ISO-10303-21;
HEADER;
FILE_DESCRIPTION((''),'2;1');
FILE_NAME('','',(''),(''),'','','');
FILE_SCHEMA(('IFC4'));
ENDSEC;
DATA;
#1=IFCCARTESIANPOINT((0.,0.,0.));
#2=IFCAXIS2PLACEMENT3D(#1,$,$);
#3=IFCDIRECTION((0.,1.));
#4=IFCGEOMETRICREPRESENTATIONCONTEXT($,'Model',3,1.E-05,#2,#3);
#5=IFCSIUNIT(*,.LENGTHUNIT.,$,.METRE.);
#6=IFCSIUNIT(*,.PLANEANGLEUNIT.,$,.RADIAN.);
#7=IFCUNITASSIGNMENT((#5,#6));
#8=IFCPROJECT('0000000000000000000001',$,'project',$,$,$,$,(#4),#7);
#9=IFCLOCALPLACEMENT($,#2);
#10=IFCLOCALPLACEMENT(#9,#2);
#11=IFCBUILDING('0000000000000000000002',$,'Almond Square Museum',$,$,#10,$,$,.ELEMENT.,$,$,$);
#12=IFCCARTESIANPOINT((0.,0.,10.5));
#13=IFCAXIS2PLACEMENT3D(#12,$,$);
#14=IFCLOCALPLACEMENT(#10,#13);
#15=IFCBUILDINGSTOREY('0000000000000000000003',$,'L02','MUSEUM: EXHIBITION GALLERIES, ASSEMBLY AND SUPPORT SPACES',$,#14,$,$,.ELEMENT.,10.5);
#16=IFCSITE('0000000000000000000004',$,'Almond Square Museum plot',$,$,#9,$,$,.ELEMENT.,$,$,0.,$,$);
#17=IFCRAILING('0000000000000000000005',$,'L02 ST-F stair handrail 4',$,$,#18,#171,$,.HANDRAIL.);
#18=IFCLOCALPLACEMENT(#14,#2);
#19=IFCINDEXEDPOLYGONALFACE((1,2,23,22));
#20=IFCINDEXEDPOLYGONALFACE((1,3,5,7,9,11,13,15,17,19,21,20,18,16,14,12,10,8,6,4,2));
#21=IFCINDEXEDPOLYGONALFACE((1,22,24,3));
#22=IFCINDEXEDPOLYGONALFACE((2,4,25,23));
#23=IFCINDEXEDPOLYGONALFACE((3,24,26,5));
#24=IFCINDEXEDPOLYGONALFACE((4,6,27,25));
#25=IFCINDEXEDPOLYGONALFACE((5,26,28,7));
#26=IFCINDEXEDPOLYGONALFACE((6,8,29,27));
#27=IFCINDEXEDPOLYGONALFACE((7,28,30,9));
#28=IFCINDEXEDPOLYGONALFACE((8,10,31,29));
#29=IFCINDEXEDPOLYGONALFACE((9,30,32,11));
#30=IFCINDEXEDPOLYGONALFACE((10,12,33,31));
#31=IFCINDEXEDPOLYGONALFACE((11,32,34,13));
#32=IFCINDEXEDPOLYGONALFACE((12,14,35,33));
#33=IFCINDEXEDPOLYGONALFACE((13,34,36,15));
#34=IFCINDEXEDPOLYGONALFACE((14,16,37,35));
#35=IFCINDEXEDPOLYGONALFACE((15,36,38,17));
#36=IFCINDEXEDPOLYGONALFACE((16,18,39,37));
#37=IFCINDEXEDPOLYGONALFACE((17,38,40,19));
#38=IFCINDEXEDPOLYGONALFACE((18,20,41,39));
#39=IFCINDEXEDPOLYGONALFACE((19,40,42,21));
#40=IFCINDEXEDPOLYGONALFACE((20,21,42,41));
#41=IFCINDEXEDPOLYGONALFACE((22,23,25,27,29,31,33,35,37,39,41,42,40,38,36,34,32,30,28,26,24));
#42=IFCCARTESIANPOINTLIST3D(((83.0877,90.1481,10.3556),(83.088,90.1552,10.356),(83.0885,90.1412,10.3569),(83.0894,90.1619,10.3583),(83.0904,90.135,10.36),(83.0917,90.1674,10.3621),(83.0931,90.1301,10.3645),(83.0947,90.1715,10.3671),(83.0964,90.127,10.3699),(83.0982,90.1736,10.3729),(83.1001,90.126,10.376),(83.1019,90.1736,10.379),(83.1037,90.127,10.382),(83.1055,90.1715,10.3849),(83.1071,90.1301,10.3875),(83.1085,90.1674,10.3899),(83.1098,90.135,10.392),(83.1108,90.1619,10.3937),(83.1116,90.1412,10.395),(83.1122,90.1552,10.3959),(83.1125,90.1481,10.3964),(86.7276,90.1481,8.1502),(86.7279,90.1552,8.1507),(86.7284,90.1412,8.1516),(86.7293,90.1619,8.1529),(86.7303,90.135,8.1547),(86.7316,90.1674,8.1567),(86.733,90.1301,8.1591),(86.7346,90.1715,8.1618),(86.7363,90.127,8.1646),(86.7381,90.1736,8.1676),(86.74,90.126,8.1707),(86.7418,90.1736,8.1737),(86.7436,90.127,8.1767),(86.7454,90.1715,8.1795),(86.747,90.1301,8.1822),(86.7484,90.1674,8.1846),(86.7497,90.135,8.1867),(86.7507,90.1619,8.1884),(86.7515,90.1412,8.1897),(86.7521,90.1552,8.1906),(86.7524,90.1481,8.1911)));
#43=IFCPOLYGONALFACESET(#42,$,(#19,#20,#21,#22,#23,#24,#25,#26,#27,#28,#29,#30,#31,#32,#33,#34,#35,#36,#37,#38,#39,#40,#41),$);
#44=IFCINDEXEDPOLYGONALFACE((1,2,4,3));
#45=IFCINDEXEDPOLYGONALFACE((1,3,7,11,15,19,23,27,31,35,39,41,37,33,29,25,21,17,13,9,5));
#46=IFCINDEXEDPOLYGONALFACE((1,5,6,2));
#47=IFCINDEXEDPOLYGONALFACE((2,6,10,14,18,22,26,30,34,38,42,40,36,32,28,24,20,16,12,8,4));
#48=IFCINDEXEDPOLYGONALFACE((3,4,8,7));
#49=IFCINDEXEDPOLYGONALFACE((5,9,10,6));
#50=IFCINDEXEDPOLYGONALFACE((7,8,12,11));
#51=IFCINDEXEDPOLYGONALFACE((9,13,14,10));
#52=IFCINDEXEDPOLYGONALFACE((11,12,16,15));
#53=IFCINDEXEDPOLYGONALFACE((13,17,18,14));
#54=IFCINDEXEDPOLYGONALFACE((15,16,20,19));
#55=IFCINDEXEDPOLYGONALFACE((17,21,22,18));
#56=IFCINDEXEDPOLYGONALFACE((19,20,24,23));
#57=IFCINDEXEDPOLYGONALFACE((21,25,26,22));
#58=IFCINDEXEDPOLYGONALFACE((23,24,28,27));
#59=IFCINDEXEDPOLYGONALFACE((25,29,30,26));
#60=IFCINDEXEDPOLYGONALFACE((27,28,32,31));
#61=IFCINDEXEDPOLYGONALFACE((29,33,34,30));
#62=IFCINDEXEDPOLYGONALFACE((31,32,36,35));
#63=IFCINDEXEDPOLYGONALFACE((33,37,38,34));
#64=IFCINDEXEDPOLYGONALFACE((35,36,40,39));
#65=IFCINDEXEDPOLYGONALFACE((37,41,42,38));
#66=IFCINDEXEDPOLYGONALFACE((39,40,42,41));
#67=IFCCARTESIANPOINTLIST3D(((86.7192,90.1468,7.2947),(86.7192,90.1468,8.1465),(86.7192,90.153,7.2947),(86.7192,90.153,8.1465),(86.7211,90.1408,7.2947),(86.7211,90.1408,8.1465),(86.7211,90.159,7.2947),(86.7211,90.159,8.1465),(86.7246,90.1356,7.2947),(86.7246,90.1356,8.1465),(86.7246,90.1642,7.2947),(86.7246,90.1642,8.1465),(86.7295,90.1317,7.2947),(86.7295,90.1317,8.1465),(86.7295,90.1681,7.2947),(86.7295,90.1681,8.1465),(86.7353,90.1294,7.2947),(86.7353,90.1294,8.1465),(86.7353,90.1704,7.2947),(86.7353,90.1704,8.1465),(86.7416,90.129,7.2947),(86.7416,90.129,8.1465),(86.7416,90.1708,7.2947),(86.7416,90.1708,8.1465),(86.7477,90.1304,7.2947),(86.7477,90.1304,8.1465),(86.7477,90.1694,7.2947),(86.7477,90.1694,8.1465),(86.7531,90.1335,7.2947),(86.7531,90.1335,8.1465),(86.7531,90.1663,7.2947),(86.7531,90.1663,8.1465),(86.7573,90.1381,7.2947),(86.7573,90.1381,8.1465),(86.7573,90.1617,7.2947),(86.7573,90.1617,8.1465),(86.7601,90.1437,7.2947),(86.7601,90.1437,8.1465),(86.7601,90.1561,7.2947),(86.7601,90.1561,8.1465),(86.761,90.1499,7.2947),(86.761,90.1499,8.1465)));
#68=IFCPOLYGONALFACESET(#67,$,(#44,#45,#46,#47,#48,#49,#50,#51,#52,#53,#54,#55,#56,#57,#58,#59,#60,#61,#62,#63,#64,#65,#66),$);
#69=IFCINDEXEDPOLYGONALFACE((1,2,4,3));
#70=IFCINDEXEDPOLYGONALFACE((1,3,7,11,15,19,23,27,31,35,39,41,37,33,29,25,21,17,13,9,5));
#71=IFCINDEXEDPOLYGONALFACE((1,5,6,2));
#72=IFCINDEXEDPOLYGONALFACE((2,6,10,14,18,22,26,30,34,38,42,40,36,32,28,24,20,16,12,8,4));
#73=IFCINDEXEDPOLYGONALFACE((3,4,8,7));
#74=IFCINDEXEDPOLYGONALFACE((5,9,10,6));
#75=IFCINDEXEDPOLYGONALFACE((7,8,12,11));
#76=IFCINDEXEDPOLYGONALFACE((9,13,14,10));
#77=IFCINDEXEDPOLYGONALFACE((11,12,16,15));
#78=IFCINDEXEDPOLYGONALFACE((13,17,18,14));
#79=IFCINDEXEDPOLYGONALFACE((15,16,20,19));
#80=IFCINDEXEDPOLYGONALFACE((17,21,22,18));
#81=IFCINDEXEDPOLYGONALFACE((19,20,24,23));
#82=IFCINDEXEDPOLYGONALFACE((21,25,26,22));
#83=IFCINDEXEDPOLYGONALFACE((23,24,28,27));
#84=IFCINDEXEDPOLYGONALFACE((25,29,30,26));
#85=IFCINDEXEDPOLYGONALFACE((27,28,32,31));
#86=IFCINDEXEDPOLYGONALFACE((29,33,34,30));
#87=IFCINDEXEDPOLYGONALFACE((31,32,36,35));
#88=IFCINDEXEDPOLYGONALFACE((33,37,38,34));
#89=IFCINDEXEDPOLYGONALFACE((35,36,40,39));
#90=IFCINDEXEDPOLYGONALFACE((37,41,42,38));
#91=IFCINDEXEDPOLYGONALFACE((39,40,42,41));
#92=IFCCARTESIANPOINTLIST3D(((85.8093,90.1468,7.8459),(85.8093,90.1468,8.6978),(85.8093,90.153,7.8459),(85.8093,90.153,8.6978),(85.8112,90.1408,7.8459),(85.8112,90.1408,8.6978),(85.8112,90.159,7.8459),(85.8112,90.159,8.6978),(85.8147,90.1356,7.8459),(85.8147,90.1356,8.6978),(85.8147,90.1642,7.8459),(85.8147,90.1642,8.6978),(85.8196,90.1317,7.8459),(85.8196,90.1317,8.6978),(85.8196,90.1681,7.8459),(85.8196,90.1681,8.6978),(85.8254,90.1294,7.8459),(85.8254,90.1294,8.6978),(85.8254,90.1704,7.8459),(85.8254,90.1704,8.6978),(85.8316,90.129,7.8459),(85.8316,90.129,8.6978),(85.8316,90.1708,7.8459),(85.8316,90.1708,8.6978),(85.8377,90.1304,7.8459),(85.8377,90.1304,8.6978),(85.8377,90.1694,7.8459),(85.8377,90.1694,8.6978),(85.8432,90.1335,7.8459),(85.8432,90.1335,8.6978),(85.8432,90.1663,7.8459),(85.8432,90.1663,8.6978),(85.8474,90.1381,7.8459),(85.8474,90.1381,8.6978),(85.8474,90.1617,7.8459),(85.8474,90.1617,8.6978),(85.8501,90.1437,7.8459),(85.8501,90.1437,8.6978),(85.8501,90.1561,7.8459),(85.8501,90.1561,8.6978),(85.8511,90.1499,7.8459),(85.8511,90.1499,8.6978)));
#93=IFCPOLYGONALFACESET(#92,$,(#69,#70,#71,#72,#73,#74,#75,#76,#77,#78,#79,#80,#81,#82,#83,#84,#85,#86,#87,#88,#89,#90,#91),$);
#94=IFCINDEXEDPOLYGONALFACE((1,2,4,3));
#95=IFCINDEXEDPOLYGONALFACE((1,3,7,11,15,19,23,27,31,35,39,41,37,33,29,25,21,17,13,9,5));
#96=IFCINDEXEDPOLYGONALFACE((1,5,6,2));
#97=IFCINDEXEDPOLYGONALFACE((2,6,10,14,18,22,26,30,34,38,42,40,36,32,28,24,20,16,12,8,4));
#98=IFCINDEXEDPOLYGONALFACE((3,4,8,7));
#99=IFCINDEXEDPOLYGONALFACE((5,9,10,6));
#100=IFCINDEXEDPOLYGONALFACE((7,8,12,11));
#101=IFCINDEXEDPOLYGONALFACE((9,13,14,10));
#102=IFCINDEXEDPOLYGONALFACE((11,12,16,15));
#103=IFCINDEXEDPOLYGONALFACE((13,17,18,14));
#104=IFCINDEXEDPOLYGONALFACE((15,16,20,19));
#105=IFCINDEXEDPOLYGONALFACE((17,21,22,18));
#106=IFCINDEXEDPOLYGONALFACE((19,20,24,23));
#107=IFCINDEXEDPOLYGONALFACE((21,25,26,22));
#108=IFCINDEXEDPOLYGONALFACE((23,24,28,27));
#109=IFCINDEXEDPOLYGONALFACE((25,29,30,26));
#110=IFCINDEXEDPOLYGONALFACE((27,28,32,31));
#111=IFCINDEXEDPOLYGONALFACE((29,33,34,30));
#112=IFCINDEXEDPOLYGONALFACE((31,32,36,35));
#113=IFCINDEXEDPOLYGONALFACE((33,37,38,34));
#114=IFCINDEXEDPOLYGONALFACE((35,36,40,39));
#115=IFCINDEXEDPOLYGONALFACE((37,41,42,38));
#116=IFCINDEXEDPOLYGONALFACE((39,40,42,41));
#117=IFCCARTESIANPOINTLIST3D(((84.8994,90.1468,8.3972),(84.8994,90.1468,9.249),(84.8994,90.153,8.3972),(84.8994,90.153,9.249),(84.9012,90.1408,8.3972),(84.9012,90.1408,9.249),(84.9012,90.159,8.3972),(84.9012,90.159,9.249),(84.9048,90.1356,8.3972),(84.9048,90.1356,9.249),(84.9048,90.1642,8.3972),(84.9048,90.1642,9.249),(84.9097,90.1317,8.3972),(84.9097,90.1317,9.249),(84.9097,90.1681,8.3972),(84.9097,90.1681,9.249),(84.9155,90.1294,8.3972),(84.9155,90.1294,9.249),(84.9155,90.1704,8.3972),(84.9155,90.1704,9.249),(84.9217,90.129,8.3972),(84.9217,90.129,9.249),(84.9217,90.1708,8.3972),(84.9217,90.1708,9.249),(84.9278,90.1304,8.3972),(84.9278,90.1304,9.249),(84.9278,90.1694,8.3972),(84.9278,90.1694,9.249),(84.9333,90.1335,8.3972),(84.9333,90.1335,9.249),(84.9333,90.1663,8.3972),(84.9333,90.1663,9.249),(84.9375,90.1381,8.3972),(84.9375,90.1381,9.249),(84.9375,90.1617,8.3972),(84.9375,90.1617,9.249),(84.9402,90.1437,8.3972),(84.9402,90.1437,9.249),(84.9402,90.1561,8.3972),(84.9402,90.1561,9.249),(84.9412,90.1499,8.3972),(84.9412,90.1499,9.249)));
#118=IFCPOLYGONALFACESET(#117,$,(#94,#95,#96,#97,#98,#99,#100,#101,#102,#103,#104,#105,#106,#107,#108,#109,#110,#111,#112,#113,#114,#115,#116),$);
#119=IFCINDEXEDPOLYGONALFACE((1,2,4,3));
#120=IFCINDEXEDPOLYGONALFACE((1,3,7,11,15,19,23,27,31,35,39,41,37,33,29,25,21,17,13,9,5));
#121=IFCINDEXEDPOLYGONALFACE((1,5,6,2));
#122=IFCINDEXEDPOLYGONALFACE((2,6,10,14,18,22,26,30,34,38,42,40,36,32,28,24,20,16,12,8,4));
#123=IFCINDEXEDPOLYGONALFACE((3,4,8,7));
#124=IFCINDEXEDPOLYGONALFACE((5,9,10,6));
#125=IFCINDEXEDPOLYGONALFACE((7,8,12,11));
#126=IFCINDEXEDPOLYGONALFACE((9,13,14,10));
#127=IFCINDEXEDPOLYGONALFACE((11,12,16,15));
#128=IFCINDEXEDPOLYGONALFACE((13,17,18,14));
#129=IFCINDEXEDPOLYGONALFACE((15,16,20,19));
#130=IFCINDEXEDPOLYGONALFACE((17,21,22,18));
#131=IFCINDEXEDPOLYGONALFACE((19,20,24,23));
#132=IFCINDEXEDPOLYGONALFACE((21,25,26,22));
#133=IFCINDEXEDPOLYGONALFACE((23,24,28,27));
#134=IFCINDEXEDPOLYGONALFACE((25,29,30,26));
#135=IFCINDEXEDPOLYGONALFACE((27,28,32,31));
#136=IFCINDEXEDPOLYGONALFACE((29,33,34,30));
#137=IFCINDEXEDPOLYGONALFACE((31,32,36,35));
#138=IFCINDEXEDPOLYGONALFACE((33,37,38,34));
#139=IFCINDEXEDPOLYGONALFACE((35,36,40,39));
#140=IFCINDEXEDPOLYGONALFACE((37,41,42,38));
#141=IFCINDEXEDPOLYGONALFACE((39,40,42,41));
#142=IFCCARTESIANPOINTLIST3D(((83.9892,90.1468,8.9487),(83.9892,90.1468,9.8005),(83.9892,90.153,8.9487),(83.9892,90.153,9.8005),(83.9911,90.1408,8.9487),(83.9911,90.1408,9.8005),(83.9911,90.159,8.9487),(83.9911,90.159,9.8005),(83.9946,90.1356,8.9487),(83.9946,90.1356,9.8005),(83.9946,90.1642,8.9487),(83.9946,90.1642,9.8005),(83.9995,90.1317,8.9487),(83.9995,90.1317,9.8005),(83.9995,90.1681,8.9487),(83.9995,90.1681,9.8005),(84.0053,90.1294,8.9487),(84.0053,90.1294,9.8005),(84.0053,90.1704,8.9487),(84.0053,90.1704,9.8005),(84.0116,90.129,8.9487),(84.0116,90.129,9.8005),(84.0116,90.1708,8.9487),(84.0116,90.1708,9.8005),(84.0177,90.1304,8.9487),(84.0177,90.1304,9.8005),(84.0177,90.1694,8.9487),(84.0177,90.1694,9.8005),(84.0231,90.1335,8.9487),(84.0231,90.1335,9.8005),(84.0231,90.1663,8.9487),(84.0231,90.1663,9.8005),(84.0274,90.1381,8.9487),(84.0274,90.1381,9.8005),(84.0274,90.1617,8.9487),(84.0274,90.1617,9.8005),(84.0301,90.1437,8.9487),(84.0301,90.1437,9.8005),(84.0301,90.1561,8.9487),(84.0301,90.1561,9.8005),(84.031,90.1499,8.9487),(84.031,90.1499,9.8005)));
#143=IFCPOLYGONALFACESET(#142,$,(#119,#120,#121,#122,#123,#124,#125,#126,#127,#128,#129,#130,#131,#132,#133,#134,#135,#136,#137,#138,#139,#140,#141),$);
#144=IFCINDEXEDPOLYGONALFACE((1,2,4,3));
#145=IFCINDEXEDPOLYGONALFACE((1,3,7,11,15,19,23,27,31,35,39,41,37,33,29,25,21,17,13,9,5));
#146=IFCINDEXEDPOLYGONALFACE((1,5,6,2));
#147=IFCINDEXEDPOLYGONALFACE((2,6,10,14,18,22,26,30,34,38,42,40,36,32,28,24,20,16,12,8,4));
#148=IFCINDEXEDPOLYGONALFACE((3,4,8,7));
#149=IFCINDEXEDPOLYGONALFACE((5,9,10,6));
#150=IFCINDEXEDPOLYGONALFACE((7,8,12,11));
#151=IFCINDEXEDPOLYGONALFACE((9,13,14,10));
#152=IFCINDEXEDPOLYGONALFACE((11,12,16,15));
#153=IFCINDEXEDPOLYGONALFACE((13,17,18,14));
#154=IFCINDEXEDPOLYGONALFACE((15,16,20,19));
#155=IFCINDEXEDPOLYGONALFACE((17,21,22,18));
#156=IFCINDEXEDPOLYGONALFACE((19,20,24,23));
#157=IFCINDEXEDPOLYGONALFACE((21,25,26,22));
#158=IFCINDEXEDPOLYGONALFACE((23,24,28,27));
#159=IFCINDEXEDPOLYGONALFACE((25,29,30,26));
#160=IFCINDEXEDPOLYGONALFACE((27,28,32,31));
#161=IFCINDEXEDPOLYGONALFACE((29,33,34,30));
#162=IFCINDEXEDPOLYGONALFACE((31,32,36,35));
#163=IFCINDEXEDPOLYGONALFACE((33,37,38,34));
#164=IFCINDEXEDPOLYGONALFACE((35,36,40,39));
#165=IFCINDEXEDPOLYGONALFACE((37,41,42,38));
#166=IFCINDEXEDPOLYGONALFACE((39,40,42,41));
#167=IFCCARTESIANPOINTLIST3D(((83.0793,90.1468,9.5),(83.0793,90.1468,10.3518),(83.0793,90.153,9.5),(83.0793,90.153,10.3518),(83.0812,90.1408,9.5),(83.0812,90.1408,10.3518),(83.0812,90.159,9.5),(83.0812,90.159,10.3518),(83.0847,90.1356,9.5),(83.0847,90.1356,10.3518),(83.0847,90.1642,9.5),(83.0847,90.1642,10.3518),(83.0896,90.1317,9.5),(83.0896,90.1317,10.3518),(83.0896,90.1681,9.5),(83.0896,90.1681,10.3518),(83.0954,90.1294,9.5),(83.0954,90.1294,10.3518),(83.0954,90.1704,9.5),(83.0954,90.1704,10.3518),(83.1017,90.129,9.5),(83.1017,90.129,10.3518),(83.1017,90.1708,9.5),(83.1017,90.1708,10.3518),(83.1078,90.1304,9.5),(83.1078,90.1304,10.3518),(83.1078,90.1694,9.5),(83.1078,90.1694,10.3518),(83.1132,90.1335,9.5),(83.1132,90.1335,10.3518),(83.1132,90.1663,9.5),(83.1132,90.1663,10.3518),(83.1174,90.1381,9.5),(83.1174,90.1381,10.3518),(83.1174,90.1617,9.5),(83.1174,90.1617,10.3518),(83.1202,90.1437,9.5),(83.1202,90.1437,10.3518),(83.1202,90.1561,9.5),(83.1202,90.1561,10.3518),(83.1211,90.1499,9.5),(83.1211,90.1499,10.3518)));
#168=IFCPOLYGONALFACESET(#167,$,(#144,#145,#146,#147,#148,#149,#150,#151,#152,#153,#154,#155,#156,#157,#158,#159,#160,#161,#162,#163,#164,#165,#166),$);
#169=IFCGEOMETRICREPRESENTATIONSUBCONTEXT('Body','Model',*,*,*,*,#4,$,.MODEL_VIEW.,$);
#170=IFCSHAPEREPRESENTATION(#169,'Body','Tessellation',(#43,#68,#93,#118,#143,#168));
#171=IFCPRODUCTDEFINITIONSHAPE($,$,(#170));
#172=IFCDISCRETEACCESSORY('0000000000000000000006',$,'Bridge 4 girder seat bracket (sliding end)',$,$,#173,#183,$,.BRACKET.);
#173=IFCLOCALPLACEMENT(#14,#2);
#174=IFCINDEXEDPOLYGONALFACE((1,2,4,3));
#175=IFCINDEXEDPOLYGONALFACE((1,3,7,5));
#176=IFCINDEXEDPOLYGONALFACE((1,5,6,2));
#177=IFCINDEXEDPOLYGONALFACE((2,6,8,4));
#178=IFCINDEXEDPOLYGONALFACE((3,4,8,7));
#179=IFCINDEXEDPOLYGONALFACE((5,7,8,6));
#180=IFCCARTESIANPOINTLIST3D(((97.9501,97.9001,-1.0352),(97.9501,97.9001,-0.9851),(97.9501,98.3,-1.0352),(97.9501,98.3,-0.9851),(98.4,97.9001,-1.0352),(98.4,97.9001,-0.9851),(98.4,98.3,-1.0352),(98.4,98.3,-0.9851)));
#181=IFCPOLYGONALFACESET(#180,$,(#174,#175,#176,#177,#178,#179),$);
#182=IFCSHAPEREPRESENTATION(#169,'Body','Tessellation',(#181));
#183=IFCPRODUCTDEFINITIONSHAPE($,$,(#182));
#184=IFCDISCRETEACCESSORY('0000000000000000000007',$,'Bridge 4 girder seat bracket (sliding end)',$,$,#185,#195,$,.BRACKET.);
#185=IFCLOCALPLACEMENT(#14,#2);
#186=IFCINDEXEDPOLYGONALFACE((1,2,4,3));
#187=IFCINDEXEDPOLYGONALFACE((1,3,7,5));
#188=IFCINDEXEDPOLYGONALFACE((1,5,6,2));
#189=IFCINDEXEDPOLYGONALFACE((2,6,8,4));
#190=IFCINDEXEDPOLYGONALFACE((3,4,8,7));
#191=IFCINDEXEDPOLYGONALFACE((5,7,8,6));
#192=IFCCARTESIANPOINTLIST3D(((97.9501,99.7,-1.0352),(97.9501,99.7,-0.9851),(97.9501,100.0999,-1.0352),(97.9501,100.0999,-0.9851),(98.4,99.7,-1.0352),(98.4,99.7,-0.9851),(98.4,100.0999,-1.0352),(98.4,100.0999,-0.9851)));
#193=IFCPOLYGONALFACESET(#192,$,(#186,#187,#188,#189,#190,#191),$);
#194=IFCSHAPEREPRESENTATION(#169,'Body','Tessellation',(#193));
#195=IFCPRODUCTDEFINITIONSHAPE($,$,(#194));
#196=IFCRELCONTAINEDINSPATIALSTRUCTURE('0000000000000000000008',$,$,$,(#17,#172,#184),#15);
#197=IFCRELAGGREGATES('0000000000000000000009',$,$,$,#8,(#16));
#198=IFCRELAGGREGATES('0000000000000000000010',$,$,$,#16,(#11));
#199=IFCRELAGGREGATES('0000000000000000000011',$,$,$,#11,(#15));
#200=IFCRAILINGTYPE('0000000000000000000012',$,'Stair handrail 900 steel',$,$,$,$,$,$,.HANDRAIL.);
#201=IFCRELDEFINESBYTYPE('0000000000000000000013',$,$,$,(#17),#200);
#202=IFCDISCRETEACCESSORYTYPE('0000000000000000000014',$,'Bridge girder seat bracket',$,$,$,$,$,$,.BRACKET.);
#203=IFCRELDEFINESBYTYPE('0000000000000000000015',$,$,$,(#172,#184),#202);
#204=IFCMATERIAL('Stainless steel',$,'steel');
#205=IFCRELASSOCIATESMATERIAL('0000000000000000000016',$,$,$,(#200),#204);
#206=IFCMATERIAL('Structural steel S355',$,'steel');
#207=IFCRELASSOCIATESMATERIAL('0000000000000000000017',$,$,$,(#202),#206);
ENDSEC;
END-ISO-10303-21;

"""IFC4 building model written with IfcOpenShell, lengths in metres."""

from ifc_helpers import new_model, si_unit, direction, frame, origin, origin_2d, place, context, subcontext, project, spatial, rectangle, circle, extrude, material, type_object, element, save


model = new_model("IFC4")

# Units and contexts
model_context = context("Model", 3, precision=1e-05, world=origin(), true_north=direction((0.0, 1.0)))
body_context = subcontext(model_context, "Body", "Model", "MODEL_VIEW")
ifc_project = project(units=[si_unit("LENGTHUNIT", "METRE"), si_unit("PLANEANGLEUNIT", "RADIAN")], contexts=[model_context])

# Site, building, storey
site_placement = place(None, origin())
site = spatial("IfcSite", under=ifc_project, at=site_placement, Name="Almond Square Museum plot", CompositionType="ELEMENT", RefElevation=0.0)
building_placement = place(site_placement, origin())
building = spatial("IfcBuilding", under=site, at=building_placement, Name="Almond Square Museum", CompositionType="ELEMENT")
storey_placement = place(building_placement, frame((0.0, 0.0, 10.5)))
storey = spatial("IfcBuildingStorey", under=building, at=storey_placement, Name="L02", Description="MUSEUM: EXHIBITION GALLERIES, ASSEMBLY AND SUPPORT SPACES", CompositionType="ELEMENT", Elevation=10.5)

# Railing
ifc_material_1 = material(Name="Stainless steel", Category="steel")
railing_type_1 = type_object("IfcRailingType", Name="Stair handrail 900 steel", PredefinedType="HANDRAIL", material=ifc_material_1)
for number, where, name in (
    (1, (86.74, 90.1499, 7.2947), "L02 ST-F stair handrail 4"),
):
    element("IfcRailing", number, at=place(storey_placement, frame(where)), inside=storey, type_object=railing_type_1, Name=name, PredefinedType="HANDRAIL", context=body_context, shape_type="SweptSolid", body=[
        extrude(circle(Radius=0.0239, at=origin_2d()), frame((0.0, 0.0, 0.876), z_axis=(-0.855268, 0.0, 0.518186), x_axis=(0.0, -1.0, 0.0)), (0.0, 0.0, 1.0), 4.2559),
        extrude(circle(Radius=0.021, at=origin_2d()), origin(), (0.0, 0.0, 1.0), 0.8518),
        extrude(circle(Radius=0.021, at=origin_2d()), frame((-0.9099, 0.0, 0.5513)), (0.0, 0.0, 1.0), 0.8518),
        extrude(circle(Radius=0.021, at=origin_2d()), frame((-1.8198, 0.0, 1.1025)), (0.0, 0.0, 1.0), 0.8518),
        extrude(circle(Radius=0.021, at=origin_2d()), frame((-2.73, 0.0, 1.6541)), (0.0, 0.0, 1.0), 0.8518),
        extrude(circle(Radius=0.021, at=origin_2d()), frame((-3.6399, 0.0, 2.2053)), (0.0, 0.0, 1.0), 0.8518),
    ])

# Discrete accessories
ifc_material_2 = material(Name="Structural steel S355", Category="steel")
discrete_accessory_type = type_object("IfcDiscreteAccessoryType", Name="Bridge girder seat bracket", PredefinedType="BRACKET", material=ifc_material_2)
for number, where, z_axis, x_axis, name in (
    (2, (98.175, 98.1001, -1.0352), (0.0, 0.0, 1.0), (1.0, 0.0, 0.0), "Bridge 4 girder seat bracket (sliding end)"),
    (3, (98.175, 99.8999, -1.0352), (0.0, 0.0, 1.0), (1.0, 0.0, 0.0), "Bridge 4 girder seat bracket (sliding end)"),
):
    element("IfcDiscreteAccessory", number, at=place(storey_placement, frame(where, z_axis=z_axis, x_axis=x_axis)), inside=storey, type_object=discrete_accessory_type, Name=name, PredefinedType="BRACKET", context=body_context, shape_type="SweptSolid", body=[
        extrude(rectangle(XDim=0.45, YDim=0.3999, at=origin_2d()), origin(), (0.0, 0.0, 1.0), 0.05),
    ])

save(model, "model.ifc")
